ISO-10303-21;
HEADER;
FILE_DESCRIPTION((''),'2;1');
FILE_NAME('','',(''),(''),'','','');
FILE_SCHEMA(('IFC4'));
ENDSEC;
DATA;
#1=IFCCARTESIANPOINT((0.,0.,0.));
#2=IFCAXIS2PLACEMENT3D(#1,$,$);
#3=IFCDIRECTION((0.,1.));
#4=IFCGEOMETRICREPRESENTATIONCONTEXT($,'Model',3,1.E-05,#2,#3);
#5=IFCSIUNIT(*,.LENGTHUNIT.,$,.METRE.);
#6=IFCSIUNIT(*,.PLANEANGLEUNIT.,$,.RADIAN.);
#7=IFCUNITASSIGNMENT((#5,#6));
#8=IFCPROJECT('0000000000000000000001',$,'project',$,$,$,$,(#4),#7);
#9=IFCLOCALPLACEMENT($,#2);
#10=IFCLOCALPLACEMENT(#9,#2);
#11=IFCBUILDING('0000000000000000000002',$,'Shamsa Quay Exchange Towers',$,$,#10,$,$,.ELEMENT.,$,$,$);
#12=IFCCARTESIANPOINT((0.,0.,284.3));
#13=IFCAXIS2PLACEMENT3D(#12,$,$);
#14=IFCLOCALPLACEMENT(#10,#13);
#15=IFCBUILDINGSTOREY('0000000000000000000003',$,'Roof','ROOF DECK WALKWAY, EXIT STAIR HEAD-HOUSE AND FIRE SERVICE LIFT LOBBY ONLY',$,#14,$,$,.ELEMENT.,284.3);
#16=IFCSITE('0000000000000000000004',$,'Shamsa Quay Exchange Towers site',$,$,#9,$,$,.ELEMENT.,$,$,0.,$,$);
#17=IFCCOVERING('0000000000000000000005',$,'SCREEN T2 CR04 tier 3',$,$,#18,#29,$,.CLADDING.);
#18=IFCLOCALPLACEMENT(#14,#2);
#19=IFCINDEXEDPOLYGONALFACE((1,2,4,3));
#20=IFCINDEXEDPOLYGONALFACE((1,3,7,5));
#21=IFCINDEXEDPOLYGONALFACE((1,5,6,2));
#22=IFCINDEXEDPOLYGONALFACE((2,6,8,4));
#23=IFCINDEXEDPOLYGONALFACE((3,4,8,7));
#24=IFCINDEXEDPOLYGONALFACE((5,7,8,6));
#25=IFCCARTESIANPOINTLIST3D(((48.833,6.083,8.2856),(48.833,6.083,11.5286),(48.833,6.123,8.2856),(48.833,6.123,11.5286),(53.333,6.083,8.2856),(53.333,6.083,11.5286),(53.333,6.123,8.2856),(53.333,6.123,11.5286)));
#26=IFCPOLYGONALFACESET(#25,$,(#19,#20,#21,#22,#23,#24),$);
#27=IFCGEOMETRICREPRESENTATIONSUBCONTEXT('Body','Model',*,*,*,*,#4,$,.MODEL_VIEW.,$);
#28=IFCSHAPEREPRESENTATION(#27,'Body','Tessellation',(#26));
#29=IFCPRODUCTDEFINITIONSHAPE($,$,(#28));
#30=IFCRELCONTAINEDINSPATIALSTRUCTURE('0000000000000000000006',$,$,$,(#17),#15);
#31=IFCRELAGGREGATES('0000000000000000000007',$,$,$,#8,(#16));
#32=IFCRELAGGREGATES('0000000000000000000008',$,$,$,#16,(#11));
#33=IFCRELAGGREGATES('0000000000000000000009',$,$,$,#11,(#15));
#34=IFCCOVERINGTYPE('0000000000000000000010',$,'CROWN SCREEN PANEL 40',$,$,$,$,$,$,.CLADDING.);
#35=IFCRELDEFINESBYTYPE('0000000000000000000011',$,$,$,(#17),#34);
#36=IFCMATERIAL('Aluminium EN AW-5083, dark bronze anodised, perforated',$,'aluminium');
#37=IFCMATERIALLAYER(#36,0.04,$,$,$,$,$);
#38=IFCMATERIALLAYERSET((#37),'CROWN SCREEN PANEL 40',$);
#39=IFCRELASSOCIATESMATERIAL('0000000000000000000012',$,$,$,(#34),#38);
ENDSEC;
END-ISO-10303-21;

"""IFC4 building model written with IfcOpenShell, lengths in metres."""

from ifc_helpers import new_model, si_unit, direction, frame, origin, origin_2d, place, context, subcontext, project, spatial, rectangle, extrude, material, layer, layer_set, type_object, element, save


model = new_model("IFC4")

# Units and contexts
model_context = context("Model", 3, precision=1e-05, world=origin(), true_north=direction((0.0, 1.0)))
body_context = subcontext(model_context, "Body", "Model", "MODEL_VIEW")
ifc_project = project(units=[si_unit("LENGTHUNIT", "METRE"), si_unit("PLANEANGLEUNIT", "RADIAN")], contexts=[model_context])

# Site, building, storey
site_placement = place(None, origin())
site = spatial("IfcSite", under=ifc_project, at=site_placement, Name="Shamsa Quay Exchange Towers site", CompositionType="ELEMENT", RefElevation=0.0)
building_placement = place(site_placement, origin())
building = spatial("IfcBuilding", under=site, at=building_placement, Name="Shamsa Quay Exchange Towers", CompositionType="ELEMENT")
storey_placement = place(building_placement, frame((0.0, 0.0, 284.3)))
storey = spatial("IfcBuildingStorey", under=building, at=storey_placement, Name="Roof", Description="ROOF DECK WALKWAY, EXIT STAIR HEAD-HOUSE AND FIRE SERVICE LIFT LOBBY ONLY", CompositionType="ELEMENT", Elevation=284.3)

# Covering
ifc_material_1 = material(Name="Aluminium EN AW-5083, dark bronze anodised, perforated", Category="aluminium")
ifc_layer_1 = layer(ifc_material_1, 0.04)
ifc_layer_set_1 = layer_set([ifc_layer_1], Name="CROWN SCREEN PANEL 40")
covering_type = type_object("IfcCoveringType", Name="CROWN SCREEN PANEL 40", PredefinedType="CLADDING", material=ifc_layer_set_1)
for number, where, z_axis, x_axis, name in (
    (1, (51.083, 6.103, 8.2856), (0.0, 0.0, 1.0), (-1.0, 0.0, 0.0), "SCREEN T2 CR04 tier 3"),
):
    element("IfcCovering", number, at=place(storey_placement, frame(where, z_axis=z_axis, x_axis=x_axis)), inside=storey, type_object=covering_type, Name=name, PredefinedType="CLADDING", context=body_context, shape_type="SweptSolid", body=[
        extrude(rectangle(XDim=4.5, YDim=0.04, at=origin_2d()), origin(), (0.0, 0.0, 1.0), 3.2429),
    ])

save(model, "model.ifc")
